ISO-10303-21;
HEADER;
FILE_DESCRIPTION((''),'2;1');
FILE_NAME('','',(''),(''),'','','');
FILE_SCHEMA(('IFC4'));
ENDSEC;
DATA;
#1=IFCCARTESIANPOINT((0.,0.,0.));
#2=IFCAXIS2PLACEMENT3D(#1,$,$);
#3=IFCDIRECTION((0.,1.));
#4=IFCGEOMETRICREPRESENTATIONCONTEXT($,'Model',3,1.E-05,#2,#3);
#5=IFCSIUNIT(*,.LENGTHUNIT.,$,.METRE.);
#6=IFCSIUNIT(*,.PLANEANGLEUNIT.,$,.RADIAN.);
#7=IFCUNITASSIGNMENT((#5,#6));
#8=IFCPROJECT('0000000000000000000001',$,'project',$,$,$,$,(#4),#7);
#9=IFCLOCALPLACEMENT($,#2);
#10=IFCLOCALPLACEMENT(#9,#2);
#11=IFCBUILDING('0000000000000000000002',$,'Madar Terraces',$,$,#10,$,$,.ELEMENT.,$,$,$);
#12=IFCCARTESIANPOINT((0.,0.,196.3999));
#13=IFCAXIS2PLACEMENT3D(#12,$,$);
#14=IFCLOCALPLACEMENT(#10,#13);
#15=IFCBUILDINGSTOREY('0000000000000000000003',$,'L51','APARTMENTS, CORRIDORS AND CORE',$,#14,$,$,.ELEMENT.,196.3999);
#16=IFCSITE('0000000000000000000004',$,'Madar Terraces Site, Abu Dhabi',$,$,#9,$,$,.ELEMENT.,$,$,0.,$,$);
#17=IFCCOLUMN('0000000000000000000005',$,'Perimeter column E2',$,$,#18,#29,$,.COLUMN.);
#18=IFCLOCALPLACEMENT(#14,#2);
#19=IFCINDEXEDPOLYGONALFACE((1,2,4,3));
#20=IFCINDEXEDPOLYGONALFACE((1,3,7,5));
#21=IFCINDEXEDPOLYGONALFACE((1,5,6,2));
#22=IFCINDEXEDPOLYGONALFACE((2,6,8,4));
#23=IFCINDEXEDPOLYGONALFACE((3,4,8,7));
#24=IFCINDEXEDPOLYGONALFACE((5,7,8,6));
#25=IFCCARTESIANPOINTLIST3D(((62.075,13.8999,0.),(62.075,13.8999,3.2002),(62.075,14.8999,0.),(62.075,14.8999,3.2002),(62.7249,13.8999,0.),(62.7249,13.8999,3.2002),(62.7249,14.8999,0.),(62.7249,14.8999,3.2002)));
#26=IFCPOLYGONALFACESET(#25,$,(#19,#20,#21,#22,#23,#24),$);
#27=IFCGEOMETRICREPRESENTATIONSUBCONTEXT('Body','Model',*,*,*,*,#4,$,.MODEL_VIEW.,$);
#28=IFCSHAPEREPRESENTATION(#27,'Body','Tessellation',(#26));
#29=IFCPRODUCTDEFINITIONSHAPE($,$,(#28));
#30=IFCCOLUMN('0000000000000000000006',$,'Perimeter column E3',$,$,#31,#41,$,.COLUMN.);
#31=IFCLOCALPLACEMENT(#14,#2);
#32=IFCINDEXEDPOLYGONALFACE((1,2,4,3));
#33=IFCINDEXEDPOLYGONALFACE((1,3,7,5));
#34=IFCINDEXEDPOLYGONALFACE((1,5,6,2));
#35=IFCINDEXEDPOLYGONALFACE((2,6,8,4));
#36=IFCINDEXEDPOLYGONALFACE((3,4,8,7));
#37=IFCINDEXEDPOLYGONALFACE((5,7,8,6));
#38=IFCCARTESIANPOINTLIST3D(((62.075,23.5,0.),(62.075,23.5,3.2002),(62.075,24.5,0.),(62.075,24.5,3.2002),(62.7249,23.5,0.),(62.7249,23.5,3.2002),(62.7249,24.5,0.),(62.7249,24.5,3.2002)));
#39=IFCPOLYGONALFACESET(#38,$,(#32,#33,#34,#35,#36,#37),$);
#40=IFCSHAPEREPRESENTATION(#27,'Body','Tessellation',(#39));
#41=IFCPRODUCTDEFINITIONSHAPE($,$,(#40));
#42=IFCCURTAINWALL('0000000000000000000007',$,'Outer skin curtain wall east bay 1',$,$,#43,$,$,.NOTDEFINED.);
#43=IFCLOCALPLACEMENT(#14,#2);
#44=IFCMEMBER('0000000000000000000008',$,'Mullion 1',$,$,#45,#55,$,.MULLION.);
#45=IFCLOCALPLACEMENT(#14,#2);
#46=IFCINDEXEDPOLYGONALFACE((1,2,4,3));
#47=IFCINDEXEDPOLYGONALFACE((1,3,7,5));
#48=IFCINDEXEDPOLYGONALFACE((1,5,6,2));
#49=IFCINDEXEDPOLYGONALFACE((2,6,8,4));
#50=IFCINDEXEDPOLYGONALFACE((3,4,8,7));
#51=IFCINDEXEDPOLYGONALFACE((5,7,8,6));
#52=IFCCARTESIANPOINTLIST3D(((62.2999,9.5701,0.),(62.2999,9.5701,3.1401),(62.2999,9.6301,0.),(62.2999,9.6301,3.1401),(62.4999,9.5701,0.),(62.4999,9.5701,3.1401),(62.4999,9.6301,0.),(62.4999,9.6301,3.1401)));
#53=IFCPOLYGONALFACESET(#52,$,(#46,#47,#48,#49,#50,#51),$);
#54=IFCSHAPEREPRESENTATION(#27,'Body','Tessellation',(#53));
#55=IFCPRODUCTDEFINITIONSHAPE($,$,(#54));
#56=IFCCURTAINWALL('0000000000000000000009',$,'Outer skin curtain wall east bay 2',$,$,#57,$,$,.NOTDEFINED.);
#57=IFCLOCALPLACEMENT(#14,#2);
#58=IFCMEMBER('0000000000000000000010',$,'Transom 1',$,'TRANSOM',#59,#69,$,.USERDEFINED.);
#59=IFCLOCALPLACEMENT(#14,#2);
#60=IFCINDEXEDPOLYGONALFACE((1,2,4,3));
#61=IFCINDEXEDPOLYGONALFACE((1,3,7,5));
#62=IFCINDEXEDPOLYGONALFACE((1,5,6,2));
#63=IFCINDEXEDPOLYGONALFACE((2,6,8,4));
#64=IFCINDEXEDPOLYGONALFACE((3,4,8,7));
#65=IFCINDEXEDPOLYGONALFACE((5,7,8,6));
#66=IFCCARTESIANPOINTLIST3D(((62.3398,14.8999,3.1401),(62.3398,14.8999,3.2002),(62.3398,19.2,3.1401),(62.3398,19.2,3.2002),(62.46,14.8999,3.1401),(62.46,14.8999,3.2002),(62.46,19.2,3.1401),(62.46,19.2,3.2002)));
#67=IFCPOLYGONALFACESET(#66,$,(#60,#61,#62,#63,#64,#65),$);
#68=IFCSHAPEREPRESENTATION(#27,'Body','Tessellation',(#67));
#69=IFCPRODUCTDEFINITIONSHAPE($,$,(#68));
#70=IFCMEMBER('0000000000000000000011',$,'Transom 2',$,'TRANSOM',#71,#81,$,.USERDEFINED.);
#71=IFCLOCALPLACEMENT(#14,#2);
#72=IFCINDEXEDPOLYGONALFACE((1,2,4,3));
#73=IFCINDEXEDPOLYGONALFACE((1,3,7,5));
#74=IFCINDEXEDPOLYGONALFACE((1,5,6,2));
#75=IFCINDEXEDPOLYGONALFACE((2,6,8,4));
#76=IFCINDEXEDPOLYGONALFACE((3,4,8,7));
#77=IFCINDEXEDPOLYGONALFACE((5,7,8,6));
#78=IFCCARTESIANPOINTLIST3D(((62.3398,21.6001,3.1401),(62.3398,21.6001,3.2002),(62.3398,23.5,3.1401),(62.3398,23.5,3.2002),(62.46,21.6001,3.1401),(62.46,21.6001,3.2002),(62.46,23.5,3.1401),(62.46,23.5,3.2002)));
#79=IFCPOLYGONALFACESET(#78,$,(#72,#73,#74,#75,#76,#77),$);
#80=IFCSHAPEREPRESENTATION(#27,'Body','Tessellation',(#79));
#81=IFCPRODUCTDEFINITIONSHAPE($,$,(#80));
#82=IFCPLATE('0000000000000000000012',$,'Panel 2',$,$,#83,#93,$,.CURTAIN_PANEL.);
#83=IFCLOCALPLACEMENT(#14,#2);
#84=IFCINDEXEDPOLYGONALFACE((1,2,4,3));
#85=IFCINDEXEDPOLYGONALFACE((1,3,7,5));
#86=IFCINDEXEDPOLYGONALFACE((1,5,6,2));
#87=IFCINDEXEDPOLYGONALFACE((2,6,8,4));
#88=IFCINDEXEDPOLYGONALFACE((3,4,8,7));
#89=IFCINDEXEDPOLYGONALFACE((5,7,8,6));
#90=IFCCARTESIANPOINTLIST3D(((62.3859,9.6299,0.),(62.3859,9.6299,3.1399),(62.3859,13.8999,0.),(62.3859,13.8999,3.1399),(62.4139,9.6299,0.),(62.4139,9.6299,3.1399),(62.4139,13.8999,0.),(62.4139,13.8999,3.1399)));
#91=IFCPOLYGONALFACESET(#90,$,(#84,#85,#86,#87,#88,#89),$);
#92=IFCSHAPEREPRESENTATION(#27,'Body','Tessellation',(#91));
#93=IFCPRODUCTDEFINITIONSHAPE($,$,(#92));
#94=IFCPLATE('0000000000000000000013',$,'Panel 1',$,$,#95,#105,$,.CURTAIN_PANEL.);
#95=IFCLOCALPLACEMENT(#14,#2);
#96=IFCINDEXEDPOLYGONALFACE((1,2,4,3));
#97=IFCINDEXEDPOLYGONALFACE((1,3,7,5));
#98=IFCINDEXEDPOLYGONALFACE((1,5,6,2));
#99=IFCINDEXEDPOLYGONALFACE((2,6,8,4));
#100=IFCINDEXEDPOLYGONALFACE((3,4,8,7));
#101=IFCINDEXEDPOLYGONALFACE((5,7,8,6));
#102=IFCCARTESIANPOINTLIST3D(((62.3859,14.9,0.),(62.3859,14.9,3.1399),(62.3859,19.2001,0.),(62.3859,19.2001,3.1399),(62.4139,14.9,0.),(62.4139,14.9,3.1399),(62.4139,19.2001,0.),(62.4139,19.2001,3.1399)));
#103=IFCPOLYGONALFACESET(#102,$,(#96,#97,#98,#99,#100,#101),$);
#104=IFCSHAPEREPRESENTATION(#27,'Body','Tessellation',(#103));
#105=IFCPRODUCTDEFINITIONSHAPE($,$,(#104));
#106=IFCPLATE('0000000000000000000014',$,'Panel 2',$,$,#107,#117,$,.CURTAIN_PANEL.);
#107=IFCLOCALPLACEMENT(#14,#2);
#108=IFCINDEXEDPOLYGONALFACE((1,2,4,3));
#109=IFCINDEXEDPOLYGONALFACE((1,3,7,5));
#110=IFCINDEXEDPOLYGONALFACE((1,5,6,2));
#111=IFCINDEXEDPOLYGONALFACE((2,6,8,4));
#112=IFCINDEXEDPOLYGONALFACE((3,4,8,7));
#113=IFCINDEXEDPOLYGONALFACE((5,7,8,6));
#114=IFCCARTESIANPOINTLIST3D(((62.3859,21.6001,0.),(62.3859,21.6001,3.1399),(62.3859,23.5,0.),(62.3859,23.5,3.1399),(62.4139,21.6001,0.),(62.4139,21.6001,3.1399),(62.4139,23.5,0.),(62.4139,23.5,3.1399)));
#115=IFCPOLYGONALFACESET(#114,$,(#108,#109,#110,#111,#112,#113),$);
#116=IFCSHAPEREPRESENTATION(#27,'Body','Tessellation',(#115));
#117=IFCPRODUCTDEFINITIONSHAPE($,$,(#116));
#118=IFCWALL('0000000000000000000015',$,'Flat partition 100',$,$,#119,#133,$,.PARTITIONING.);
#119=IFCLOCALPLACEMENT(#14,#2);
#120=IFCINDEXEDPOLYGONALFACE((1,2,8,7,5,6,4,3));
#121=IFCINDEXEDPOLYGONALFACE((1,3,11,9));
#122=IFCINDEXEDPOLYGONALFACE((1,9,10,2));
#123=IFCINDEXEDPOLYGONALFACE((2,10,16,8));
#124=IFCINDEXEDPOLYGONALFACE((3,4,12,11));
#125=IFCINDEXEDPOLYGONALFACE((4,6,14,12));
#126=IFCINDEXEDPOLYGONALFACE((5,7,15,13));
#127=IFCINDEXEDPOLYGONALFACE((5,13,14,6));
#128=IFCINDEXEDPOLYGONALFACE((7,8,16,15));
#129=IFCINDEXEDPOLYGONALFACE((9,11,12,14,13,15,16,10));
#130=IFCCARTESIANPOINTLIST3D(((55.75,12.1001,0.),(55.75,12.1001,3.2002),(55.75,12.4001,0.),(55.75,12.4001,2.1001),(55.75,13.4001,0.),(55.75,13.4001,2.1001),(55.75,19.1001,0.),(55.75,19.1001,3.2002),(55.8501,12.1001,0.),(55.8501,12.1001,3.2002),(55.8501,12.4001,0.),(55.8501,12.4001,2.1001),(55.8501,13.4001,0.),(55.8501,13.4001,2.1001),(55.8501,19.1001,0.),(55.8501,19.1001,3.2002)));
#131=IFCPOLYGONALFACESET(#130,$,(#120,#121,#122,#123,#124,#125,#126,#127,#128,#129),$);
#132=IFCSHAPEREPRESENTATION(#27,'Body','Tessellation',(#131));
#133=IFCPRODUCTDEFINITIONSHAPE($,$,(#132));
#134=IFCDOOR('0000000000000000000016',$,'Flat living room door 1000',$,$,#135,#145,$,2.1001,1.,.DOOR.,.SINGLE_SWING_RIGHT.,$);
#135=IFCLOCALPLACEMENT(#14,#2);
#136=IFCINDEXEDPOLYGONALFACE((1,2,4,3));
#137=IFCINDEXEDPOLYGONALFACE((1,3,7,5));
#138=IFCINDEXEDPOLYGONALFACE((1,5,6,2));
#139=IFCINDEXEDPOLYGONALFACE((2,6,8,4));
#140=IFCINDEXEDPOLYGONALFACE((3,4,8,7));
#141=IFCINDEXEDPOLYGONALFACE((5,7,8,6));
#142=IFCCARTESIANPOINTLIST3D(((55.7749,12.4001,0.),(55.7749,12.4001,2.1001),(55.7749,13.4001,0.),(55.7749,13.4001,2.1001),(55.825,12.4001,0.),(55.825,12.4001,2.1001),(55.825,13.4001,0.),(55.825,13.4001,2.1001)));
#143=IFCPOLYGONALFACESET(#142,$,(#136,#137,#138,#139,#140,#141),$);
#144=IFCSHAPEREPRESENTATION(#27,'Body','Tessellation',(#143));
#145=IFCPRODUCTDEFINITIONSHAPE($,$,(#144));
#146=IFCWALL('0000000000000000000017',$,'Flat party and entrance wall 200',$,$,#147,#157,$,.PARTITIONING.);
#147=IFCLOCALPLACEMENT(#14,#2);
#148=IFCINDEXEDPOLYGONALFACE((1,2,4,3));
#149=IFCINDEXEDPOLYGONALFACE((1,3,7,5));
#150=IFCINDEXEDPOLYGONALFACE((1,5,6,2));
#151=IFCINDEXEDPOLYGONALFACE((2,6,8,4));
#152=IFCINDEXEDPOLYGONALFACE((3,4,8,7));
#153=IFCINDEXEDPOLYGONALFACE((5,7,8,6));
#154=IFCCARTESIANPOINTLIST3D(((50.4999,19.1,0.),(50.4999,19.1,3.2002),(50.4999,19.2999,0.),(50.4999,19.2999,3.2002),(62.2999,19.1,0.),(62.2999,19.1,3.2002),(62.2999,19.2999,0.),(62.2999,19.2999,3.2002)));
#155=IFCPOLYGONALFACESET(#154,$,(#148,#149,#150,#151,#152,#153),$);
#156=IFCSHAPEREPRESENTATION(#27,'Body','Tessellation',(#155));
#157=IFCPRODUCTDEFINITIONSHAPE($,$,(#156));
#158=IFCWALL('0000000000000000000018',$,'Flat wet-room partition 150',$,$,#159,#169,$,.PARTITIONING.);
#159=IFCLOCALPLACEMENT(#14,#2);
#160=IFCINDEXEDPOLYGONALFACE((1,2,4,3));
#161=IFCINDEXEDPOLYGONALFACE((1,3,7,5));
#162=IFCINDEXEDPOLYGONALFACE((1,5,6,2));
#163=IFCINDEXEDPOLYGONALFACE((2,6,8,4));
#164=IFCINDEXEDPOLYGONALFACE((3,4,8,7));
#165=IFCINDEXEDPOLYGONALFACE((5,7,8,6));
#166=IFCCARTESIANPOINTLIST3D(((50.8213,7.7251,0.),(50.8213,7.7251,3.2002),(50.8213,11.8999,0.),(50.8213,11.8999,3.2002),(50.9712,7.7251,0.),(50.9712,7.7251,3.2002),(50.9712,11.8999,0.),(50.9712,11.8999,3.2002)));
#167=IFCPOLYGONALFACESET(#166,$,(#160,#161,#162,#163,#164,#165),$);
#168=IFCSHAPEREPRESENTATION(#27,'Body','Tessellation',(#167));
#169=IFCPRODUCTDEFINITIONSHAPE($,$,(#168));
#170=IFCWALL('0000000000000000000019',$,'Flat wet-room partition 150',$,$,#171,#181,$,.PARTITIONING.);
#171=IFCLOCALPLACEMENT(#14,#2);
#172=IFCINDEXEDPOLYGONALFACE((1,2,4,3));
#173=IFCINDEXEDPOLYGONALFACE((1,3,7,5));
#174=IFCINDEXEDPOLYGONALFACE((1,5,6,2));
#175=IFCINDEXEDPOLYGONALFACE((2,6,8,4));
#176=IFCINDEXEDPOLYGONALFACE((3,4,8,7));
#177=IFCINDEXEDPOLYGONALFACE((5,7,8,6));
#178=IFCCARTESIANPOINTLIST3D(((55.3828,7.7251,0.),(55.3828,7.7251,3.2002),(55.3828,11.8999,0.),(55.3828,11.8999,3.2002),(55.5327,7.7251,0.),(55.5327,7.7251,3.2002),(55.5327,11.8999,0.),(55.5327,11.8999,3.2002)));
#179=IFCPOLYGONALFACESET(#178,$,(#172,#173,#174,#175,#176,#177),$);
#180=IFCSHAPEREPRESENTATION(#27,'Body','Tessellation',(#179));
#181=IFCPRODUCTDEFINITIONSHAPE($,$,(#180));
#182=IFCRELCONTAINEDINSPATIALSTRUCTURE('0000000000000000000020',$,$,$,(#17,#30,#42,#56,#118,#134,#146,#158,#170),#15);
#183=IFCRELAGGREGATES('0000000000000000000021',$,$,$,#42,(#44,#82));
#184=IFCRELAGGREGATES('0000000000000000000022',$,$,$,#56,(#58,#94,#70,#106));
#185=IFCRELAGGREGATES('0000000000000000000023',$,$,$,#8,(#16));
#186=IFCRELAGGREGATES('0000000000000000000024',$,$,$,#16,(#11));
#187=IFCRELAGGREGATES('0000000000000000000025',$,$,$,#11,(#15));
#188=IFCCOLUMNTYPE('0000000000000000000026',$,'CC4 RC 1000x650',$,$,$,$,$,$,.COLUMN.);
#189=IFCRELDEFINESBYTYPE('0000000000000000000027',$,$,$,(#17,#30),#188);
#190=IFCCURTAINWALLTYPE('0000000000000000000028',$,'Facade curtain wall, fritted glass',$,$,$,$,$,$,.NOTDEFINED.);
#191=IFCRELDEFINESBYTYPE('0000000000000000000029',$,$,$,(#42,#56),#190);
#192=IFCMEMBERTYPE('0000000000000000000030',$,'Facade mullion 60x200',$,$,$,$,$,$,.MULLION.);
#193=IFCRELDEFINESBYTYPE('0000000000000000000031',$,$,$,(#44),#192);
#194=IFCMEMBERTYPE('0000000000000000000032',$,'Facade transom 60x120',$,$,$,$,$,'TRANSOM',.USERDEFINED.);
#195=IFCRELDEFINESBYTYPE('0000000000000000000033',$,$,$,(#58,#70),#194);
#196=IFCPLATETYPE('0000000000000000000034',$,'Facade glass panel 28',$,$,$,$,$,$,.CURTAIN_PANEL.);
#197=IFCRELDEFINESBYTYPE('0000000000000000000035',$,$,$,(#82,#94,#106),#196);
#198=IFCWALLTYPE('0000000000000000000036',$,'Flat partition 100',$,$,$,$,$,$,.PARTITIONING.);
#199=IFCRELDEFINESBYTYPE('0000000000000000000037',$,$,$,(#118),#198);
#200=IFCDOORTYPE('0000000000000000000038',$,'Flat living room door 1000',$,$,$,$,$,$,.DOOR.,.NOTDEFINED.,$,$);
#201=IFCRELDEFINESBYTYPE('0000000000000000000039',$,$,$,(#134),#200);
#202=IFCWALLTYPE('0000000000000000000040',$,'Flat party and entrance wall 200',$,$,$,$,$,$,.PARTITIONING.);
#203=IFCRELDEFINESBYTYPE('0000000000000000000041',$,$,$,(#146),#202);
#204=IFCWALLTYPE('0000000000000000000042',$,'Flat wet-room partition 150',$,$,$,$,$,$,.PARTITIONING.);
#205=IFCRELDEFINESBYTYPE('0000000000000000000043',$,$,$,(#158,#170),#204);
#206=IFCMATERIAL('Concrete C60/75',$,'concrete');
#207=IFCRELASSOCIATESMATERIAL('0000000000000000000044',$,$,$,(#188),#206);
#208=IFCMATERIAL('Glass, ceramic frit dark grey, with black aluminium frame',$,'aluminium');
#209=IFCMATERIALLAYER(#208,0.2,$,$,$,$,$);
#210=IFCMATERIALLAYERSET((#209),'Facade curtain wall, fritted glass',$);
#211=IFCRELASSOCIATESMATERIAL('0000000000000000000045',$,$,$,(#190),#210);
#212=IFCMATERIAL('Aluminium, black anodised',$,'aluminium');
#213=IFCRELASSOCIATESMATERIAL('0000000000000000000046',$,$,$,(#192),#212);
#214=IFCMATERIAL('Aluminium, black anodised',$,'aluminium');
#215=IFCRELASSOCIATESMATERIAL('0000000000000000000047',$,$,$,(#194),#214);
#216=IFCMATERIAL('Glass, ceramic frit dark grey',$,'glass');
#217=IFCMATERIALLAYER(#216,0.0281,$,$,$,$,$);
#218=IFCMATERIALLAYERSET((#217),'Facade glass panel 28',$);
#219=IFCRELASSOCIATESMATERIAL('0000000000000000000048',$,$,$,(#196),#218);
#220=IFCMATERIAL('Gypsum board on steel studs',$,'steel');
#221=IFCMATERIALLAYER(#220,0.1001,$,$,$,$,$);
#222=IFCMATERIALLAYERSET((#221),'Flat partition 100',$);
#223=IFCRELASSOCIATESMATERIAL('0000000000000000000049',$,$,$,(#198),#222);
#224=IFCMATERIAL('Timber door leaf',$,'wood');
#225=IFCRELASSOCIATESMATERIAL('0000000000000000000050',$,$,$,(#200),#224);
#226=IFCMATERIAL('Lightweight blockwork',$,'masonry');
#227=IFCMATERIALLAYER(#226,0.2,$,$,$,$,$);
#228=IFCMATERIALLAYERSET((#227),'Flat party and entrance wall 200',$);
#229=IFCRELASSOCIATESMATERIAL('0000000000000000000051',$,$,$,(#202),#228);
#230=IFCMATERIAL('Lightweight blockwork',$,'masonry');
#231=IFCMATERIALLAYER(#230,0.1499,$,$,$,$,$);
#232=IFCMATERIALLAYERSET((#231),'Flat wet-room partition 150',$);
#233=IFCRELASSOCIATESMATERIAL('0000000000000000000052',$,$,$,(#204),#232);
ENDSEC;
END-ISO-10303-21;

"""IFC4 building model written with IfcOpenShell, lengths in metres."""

from ifc_helpers import new_model, si_unit, direction, frame, frame_2d, origin, origin_2d, place, context, subcontext, project, spatial, rectangle, extrude, material, layer, layer_set, material_profile, profile_set, type_object, element, fill, aggregate, save


model = new_model("IFC4")

# Units and contexts
model_context = context("Model", 3, precision=1e-05, world=origin(), true_north=direction((0.0, 1.0)))
body_context = subcontext(model_context, "Body", "Model", "MODEL_VIEW")
ifc_project = project(units=[si_unit("LENGTHUNIT", "METRE"), si_unit("PLANEANGLEUNIT", "RADIAN")], contexts=[model_context])

# Site, building, storey
site_placement = place(None, origin())
site = spatial("IfcSite", under=ifc_project, at=site_placement, Name="Madar Terraces Site, Abu Dhabi", CompositionType="ELEMENT", RefElevation=0.0)
building_placement = place(site_placement, origin())
building = spatial("IfcBuilding", under=site, at=building_placement, Name="Madar Terraces", CompositionType="ELEMENT")
storey_placement = place(building_placement, frame((0.0, 0.0, 196.3999)))
storey = spatial("IfcBuildingStorey", under=building, at=storey_placement, Name="L51", Description="APARTMENTS, CORRIDORS AND CORE", CompositionType="ELEMENT", Elevation=196.3999)

# Columns
ifc_material_1 = material(Name="Concrete C60/75", Category="concrete")
ifc_material_profile_1 = material_profile(ifc_material_1, rectangle(XDim=1.0, YDim=0.6499, at=origin_2d()), Name="CC4 RC 1000x650")
ifc_profile_set_1 = profile_set([ifc_material_profile_1], Name="Concrete C60/75")
column_type = type_object("IfcColumnType", Name="CC4 RC 1000x650", PredefinedType="COLUMN", material=ifc_profile_set_1)
for number, where, z_axis, x_axis, name in (
    (1, (62.3999, 14.3999, 0.0), (0.0, 0.0, 1.0), (0.0, 1.0, 0.0), "Perimeter column E2"),
    (2, (62.3999, 24.0, 0.0), (0.0, 0.0, 1.0), (0.0, 1.0, 0.0), "Perimeter column E3"),
):
    element("IfcColumn", number, at=place(storey_placement, frame(where, z_axis=z_axis, x_axis=x_axis)), inside=storey, type_object=column_type, Name=name, PredefinedType="COLUMN", context=body_context, shape_type="SweptSolid", body=[
        extrude(rectangle(XDim=1.0, YDim=0.6499, at=origin_2d()), origin(), (0.0, 0.0, 1.0), 3.2002),
    ])

# Curtain wall, member
ifc_material_2 = material(Name="Glass, ceramic frit dark grey, with black aluminium frame", Category="aluminium")
ifc_layer_1 = layer(ifc_material_2, 0.2)
ifc_layer_set_1 = layer_set([ifc_layer_1], Name="Facade curtain wall, fritted glass")
curtain_wall_type = type_object("IfcCurtainWallType", Name="Facade curtain wall, fritted glass", PredefinedType="NOTDEFINED", material=ifc_layer_set_1)
curtain_wall_1_placement = place(storey_placement, origin())
curtain_wall_1 = element("IfcCurtainWall", 3, at=curtain_wall_1_placement, inside=storey, type_object=curtain_wall_type, Name="Outer skin curtain wall east bay 1", PredefinedType="NOTDEFINED")
ifc_material_3 = material(Name="Aluminium, black anodised", Category="aluminium")
ifc_material_profile_2 = material_profile(ifc_material_3, rectangle(XDim=0.2, YDim=0.0601, at=origin_2d()), Name="Facade mullion 60x200")
ifc_profile_set_2 = profile_set([ifc_material_profile_2], Name="Aluminium, black anodised")
member_type_1 = type_object("IfcMemberType", Name="Facade mullion 60x200", PredefinedType="MULLION", material=ifc_profile_set_2)
member_1_placement = place(storey_placement, frame((62.3999, 9.6001, 0.0), z_axis=(0.0, 0.0, 1.0), x_axis=(-1.0, 0.0, 0.0)))
member_1 = element("IfcMember", 4, at=member_1_placement, type_object=member_type_1, Name="Mullion 1", PredefinedType="MULLION", context=body_context, shape_type="SweptSolid", body=[
    extrude(rectangle(XDim=0.2, YDim=0.0601, at=origin_2d()), origin(), (0.0, 0.0, 1.0), 3.1401),
])

# Curtain wall, members
curtain_wall_2_placement = place(storey_placement, origin())
curtain_wall_2 = element("IfcCurtainWall", 5, at=curtain_wall_2_placement, inside=storey, type_object=curtain_wall_type, Name="Outer skin curtain wall east bay 2", PredefinedType="NOTDEFINED")
ifc_material_4 = material(Name="Aluminium, black anodised", Category="aluminium")
ifc_material_profile_3 = material_profile(ifc_material_4, rectangle(XDim=0.1201, YDim=0.0601, at=origin_2d()), Name="Facade transom 60x120")
ifc_profile_set_3 = profile_set([ifc_material_profile_3], Name="Aluminium, black anodised")
member_type_2 = type_object("IfcMemberType", Name="Facade transom 60x120", ElementType="TRANSOM", PredefinedType="USERDEFINED", material=ifc_profile_set_3)
member_2_placement = place(storey_placement, frame((62.3999, 14.8999, 3.1702), z_axis=(0.0, 1.0, 0.0), x_axis=(-1.0, 0.0, 0.0)))
member_2 = element("IfcMember", 6, at=member_2_placement, type_object=member_type_2, Name="Transom 1", ObjectType="TRANSOM", PredefinedType="USERDEFINED", context=body_context, shape_type="SweptSolid", body=[
    extrude(rectangle(XDim=0.1201, YDim=0.0601, at=origin_2d()), origin(), (0.0, 0.0, 1.0), 4.3),
])
member_3_placement = place(storey_placement, frame((62.3999, 21.6001, 3.1702), z_axis=(0.0, 1.0, 0.0), x_axis=(-1.0, 0.0, 0.0)))
member_3 = element("IfcMember", 7, at=member_3_placement, type_object=member_type_2, Name="Transom 2", ObjectType="TRANSOM", PredefinedType="USERDEFINED", context=body_context, shape_type="SweptSolid", body=[
    extrude(rectangle(XDim=0.1201, YDim=0.0601, at=origin_2d()), origin(), (0.0, 0.0, 1.0), 1.8999),
])

# Plates
ifc_material_5 = material(Name="Glass, ceramic frit dark grey", Category="glass")
ifc_layer_2 = layer(ifc_material_5, 0.0281)
ifc_layer_set_2 = layer_set([ifc_layer_2], Name="Facade glass panel 28")
plate_type = type_object("IfcPlateType", Name="Facade glass panel 28", PredefinedType="CURTAIN_PANEL", material=ifc_layer_set_2)
plate_1_placement = place(storey_placement, frame((62.3999, 11.7649, 0.0), z_axis=(0.0, 0.0, 1.0), x_axis=(0.0, 1.0, 0.0)))
plate_1 = element("IfcPlate", 8, at=plate_1_placement, type_object=plate_type, Name="Panel 2", PredefinedType="CURTAIN_PANEL", context=body_context, shape_type="SweptSolid", body=[
    extrude(rectangle(XDim=4.27, YDim=0.0281, at=origin_2d()), origin(), (0.0, 0.0, 1.0), 3.1399),
])
aggregate(curtain_wall_1, [member_1, plate_1])
plate_2_placement = place(storey_placement, frame((62.3999, 17.05, 0.0), z_axis=(0.0, 0.0, 1.0), x_axis=(0.0, 1.0, 0.0)))
plate_2 = element("IfcPlate", 9, at=plate_2_placement, type_object=plate_type, Name="Panel 1", PredefinedType="CURTAIN_PANEL", context=body_context, shape_type="SweptSolid", body=[
    extrude(rectangle(XDim=4.3, YDim=0.0281, at=origin_2d()), origin(), (0.0, 0.0, 1.0), 3.1399),
])
plate_3_placement = place(storey_placement, frame((62.3999, 22.55, 0.0), z_axis=(0.0, 0.0, 1.0), x_axis=(0.0, 1.0, 0.0)))
plate_3 = element("IfcPlate", 10, at=plate_3_placement, type_object=plate_type, Name="Panel 2", PredefinedType="CURTAIN_PANEL", context=body_context, shape_type="SweptSolid", body=[
    extrude(rectangle(XDim=1.8999, YDim=0.0281, at=origin_2d()), origin(), (0.0, 0.0, 1.0), 3.1399),
])
aggregate(curtain_wall_2, [member_2, plate_2, member_3, plate_3])

# Wall, opening, door
ifc_material_6 = material(Name="Gypsum board on steel studs", Category="steel")
ifc_layer_3 = layer(ifc_material_6, 0.1001)
ifc_layer_set_3 = layer_set([ifc_layer_3], Name="Flat partition 100")
wall_type_1 = type_object("IfcWallType", Name="Flat partition 100", PredefinedType="PARTITIONING", material=ifc_layer_set_3)
wall_1_placement = place(storey_placement, frame((55.8, 19.1001, 0.0), z_axis=(0.0, 0.0, 1.0), x_axis=(0.0, -1.0, 0.0)))
wall_1 = element("IfcWall", 11, at=wall_1_placement, inside=storey, type_object=wall_type_1, Name="Flat partition 100", PredefinedType="PARTITIONING", context=body_context, shape_type="SweptSolid", body=[
    extrude(rectangle(XDim=7.0, YDim=0.1001, at=frame_2d((3.5, 0.0))), origin(), (0.0, 0.0, 1.0), 3.2002),
])
opening_1_placement = place(wall_1_placement, frame((5.7, 0.0, 0.0)))
opening_1 = element("IfcOpeningElement", 12, at=opening_1_placement, cuts=wall_1, PredefinedType="OPENING", context=body_context, shape_type="SweptSolid", body=[
    extrude(rectangle(XDim=1.0, YDim=2.1001, at=frame_2d((0.5, 1.05))), frame((0.0, 0.0601, 0.0), z_axis=(0.0, -1.0, 0.0), x_axis=(1.0, 0.0, 0.0)), (0.0, 0.0, 1.0), 0.1201),
])
ifc_material_7 = material(Name="Timber door leaf", Category="wood")
door_type_1 = type_object("IfcDoorType", Name="Flat living room door 1000", OperationType="NOTDEFINED", PredefinedType="DOOR", material=ifc_material_7)
door_1_placement = place(opening_1_placement, origin())
door_1 = element("IfcDoor", 13, at=door_1_placement, inside=storey, type_object=door_type_1, Name="Flat living room door 1000", OperationType="SINGLE_SWING_RIGHT", OverallHeight=2.1001, OverallWidth=1.0, PredefinedType="DOOR", context=body_context, shape_type="SweptSolid", body=[
    extrude(rectangle(XDim=1.0, YDim=2.1001, at=frame_2d((0.5, 1.05))), frame((0.0, 0.0249, 0.0), z_axis=(0.0, -1.0, 0.0), x_axis=(1.0, 0.0, 0.0)), (0.0, 0.0, 1.0), 0.05),
])
fill(opening_1, door_1)

# Walls
ifc_material_8 = material(Name="Lightweight blockwork", Category="masonry")
ifc_layer_4 = layer(ifc_material_8, 0.2)
ifc_layer_set_4 = layer_set([ifc_layer_4], Name="Flat party and entrance wall 200")
wall_type_2 = type_object("IfcWallType", Name="Flat party and entrance wall 200", PredefinedType="PARTITIONING", material=ifc_layer_set_4)
wall_2_placement = place(storey_placement, frame((50.5, 19.2, 0.0), z_axis=(0.0, 0.0, 1.0), x_axis=(1.0, 0.0, 0.0)))
element("IfcWall", 14, at=wall_2_placement, inside=storey, type_object=wall_type_2, Name="Flat party and entrance wall 200", PredefinedType="PARTITIONING", context=body_context, shape_type="SweptSolid", body=[
    extrude(rectangle(XDim=11.8, YDim=0.2, at=frame_2d((5.8999, 0.0))), origin(), (0.0, 0.0, 1.0), 3.2002),
])
ifc_material_9 = material(Name="Lightweight blockwork", Category="masonry")
ifc_layer_5 = layer(ifc_material_9, 0.1499)
ifc_layer_set_5 = layer_set([ifc_layer_5], Name="Flat wet-room partition 150")
wall_type_3 = type_object("IfcWallType", Name="Flat wet-room partition 150", PredefinedType="PARTITIONING", material=ifc_layer_set_5)
for number, where, z_axis, x_axis, name in (
    (15, (50.8962, 11.8999, 0.0), (0.0, 0.0, 1.0), (0.0, -1.0, 0.0), "Flat wet-room partition 150"),
    (16, (55.4578, 11.8999, 0.0), (0.0, 0.0, 1.0), (0.0, -1.0, 0.0), "Flat wet-room partition 150"),
):
    element("IfcWall", number, at=place(storey_placement, frame(where, z_axis=z_axis, x_axis=x_axis)), inside=storey, type_object=wall_type_3, Name=name, PredefinedType="PARTITIONING", context=body_context, shape_type="SweptSolid", body=[
        extrude(rectangle(XDim=4.1748, YDim=0.1499, at=frame_2d((2.0874, 0.0))), origin(), (0.0, 0.0, 1.0), 3.2002),
    ])

save(model, "model.ifc")
